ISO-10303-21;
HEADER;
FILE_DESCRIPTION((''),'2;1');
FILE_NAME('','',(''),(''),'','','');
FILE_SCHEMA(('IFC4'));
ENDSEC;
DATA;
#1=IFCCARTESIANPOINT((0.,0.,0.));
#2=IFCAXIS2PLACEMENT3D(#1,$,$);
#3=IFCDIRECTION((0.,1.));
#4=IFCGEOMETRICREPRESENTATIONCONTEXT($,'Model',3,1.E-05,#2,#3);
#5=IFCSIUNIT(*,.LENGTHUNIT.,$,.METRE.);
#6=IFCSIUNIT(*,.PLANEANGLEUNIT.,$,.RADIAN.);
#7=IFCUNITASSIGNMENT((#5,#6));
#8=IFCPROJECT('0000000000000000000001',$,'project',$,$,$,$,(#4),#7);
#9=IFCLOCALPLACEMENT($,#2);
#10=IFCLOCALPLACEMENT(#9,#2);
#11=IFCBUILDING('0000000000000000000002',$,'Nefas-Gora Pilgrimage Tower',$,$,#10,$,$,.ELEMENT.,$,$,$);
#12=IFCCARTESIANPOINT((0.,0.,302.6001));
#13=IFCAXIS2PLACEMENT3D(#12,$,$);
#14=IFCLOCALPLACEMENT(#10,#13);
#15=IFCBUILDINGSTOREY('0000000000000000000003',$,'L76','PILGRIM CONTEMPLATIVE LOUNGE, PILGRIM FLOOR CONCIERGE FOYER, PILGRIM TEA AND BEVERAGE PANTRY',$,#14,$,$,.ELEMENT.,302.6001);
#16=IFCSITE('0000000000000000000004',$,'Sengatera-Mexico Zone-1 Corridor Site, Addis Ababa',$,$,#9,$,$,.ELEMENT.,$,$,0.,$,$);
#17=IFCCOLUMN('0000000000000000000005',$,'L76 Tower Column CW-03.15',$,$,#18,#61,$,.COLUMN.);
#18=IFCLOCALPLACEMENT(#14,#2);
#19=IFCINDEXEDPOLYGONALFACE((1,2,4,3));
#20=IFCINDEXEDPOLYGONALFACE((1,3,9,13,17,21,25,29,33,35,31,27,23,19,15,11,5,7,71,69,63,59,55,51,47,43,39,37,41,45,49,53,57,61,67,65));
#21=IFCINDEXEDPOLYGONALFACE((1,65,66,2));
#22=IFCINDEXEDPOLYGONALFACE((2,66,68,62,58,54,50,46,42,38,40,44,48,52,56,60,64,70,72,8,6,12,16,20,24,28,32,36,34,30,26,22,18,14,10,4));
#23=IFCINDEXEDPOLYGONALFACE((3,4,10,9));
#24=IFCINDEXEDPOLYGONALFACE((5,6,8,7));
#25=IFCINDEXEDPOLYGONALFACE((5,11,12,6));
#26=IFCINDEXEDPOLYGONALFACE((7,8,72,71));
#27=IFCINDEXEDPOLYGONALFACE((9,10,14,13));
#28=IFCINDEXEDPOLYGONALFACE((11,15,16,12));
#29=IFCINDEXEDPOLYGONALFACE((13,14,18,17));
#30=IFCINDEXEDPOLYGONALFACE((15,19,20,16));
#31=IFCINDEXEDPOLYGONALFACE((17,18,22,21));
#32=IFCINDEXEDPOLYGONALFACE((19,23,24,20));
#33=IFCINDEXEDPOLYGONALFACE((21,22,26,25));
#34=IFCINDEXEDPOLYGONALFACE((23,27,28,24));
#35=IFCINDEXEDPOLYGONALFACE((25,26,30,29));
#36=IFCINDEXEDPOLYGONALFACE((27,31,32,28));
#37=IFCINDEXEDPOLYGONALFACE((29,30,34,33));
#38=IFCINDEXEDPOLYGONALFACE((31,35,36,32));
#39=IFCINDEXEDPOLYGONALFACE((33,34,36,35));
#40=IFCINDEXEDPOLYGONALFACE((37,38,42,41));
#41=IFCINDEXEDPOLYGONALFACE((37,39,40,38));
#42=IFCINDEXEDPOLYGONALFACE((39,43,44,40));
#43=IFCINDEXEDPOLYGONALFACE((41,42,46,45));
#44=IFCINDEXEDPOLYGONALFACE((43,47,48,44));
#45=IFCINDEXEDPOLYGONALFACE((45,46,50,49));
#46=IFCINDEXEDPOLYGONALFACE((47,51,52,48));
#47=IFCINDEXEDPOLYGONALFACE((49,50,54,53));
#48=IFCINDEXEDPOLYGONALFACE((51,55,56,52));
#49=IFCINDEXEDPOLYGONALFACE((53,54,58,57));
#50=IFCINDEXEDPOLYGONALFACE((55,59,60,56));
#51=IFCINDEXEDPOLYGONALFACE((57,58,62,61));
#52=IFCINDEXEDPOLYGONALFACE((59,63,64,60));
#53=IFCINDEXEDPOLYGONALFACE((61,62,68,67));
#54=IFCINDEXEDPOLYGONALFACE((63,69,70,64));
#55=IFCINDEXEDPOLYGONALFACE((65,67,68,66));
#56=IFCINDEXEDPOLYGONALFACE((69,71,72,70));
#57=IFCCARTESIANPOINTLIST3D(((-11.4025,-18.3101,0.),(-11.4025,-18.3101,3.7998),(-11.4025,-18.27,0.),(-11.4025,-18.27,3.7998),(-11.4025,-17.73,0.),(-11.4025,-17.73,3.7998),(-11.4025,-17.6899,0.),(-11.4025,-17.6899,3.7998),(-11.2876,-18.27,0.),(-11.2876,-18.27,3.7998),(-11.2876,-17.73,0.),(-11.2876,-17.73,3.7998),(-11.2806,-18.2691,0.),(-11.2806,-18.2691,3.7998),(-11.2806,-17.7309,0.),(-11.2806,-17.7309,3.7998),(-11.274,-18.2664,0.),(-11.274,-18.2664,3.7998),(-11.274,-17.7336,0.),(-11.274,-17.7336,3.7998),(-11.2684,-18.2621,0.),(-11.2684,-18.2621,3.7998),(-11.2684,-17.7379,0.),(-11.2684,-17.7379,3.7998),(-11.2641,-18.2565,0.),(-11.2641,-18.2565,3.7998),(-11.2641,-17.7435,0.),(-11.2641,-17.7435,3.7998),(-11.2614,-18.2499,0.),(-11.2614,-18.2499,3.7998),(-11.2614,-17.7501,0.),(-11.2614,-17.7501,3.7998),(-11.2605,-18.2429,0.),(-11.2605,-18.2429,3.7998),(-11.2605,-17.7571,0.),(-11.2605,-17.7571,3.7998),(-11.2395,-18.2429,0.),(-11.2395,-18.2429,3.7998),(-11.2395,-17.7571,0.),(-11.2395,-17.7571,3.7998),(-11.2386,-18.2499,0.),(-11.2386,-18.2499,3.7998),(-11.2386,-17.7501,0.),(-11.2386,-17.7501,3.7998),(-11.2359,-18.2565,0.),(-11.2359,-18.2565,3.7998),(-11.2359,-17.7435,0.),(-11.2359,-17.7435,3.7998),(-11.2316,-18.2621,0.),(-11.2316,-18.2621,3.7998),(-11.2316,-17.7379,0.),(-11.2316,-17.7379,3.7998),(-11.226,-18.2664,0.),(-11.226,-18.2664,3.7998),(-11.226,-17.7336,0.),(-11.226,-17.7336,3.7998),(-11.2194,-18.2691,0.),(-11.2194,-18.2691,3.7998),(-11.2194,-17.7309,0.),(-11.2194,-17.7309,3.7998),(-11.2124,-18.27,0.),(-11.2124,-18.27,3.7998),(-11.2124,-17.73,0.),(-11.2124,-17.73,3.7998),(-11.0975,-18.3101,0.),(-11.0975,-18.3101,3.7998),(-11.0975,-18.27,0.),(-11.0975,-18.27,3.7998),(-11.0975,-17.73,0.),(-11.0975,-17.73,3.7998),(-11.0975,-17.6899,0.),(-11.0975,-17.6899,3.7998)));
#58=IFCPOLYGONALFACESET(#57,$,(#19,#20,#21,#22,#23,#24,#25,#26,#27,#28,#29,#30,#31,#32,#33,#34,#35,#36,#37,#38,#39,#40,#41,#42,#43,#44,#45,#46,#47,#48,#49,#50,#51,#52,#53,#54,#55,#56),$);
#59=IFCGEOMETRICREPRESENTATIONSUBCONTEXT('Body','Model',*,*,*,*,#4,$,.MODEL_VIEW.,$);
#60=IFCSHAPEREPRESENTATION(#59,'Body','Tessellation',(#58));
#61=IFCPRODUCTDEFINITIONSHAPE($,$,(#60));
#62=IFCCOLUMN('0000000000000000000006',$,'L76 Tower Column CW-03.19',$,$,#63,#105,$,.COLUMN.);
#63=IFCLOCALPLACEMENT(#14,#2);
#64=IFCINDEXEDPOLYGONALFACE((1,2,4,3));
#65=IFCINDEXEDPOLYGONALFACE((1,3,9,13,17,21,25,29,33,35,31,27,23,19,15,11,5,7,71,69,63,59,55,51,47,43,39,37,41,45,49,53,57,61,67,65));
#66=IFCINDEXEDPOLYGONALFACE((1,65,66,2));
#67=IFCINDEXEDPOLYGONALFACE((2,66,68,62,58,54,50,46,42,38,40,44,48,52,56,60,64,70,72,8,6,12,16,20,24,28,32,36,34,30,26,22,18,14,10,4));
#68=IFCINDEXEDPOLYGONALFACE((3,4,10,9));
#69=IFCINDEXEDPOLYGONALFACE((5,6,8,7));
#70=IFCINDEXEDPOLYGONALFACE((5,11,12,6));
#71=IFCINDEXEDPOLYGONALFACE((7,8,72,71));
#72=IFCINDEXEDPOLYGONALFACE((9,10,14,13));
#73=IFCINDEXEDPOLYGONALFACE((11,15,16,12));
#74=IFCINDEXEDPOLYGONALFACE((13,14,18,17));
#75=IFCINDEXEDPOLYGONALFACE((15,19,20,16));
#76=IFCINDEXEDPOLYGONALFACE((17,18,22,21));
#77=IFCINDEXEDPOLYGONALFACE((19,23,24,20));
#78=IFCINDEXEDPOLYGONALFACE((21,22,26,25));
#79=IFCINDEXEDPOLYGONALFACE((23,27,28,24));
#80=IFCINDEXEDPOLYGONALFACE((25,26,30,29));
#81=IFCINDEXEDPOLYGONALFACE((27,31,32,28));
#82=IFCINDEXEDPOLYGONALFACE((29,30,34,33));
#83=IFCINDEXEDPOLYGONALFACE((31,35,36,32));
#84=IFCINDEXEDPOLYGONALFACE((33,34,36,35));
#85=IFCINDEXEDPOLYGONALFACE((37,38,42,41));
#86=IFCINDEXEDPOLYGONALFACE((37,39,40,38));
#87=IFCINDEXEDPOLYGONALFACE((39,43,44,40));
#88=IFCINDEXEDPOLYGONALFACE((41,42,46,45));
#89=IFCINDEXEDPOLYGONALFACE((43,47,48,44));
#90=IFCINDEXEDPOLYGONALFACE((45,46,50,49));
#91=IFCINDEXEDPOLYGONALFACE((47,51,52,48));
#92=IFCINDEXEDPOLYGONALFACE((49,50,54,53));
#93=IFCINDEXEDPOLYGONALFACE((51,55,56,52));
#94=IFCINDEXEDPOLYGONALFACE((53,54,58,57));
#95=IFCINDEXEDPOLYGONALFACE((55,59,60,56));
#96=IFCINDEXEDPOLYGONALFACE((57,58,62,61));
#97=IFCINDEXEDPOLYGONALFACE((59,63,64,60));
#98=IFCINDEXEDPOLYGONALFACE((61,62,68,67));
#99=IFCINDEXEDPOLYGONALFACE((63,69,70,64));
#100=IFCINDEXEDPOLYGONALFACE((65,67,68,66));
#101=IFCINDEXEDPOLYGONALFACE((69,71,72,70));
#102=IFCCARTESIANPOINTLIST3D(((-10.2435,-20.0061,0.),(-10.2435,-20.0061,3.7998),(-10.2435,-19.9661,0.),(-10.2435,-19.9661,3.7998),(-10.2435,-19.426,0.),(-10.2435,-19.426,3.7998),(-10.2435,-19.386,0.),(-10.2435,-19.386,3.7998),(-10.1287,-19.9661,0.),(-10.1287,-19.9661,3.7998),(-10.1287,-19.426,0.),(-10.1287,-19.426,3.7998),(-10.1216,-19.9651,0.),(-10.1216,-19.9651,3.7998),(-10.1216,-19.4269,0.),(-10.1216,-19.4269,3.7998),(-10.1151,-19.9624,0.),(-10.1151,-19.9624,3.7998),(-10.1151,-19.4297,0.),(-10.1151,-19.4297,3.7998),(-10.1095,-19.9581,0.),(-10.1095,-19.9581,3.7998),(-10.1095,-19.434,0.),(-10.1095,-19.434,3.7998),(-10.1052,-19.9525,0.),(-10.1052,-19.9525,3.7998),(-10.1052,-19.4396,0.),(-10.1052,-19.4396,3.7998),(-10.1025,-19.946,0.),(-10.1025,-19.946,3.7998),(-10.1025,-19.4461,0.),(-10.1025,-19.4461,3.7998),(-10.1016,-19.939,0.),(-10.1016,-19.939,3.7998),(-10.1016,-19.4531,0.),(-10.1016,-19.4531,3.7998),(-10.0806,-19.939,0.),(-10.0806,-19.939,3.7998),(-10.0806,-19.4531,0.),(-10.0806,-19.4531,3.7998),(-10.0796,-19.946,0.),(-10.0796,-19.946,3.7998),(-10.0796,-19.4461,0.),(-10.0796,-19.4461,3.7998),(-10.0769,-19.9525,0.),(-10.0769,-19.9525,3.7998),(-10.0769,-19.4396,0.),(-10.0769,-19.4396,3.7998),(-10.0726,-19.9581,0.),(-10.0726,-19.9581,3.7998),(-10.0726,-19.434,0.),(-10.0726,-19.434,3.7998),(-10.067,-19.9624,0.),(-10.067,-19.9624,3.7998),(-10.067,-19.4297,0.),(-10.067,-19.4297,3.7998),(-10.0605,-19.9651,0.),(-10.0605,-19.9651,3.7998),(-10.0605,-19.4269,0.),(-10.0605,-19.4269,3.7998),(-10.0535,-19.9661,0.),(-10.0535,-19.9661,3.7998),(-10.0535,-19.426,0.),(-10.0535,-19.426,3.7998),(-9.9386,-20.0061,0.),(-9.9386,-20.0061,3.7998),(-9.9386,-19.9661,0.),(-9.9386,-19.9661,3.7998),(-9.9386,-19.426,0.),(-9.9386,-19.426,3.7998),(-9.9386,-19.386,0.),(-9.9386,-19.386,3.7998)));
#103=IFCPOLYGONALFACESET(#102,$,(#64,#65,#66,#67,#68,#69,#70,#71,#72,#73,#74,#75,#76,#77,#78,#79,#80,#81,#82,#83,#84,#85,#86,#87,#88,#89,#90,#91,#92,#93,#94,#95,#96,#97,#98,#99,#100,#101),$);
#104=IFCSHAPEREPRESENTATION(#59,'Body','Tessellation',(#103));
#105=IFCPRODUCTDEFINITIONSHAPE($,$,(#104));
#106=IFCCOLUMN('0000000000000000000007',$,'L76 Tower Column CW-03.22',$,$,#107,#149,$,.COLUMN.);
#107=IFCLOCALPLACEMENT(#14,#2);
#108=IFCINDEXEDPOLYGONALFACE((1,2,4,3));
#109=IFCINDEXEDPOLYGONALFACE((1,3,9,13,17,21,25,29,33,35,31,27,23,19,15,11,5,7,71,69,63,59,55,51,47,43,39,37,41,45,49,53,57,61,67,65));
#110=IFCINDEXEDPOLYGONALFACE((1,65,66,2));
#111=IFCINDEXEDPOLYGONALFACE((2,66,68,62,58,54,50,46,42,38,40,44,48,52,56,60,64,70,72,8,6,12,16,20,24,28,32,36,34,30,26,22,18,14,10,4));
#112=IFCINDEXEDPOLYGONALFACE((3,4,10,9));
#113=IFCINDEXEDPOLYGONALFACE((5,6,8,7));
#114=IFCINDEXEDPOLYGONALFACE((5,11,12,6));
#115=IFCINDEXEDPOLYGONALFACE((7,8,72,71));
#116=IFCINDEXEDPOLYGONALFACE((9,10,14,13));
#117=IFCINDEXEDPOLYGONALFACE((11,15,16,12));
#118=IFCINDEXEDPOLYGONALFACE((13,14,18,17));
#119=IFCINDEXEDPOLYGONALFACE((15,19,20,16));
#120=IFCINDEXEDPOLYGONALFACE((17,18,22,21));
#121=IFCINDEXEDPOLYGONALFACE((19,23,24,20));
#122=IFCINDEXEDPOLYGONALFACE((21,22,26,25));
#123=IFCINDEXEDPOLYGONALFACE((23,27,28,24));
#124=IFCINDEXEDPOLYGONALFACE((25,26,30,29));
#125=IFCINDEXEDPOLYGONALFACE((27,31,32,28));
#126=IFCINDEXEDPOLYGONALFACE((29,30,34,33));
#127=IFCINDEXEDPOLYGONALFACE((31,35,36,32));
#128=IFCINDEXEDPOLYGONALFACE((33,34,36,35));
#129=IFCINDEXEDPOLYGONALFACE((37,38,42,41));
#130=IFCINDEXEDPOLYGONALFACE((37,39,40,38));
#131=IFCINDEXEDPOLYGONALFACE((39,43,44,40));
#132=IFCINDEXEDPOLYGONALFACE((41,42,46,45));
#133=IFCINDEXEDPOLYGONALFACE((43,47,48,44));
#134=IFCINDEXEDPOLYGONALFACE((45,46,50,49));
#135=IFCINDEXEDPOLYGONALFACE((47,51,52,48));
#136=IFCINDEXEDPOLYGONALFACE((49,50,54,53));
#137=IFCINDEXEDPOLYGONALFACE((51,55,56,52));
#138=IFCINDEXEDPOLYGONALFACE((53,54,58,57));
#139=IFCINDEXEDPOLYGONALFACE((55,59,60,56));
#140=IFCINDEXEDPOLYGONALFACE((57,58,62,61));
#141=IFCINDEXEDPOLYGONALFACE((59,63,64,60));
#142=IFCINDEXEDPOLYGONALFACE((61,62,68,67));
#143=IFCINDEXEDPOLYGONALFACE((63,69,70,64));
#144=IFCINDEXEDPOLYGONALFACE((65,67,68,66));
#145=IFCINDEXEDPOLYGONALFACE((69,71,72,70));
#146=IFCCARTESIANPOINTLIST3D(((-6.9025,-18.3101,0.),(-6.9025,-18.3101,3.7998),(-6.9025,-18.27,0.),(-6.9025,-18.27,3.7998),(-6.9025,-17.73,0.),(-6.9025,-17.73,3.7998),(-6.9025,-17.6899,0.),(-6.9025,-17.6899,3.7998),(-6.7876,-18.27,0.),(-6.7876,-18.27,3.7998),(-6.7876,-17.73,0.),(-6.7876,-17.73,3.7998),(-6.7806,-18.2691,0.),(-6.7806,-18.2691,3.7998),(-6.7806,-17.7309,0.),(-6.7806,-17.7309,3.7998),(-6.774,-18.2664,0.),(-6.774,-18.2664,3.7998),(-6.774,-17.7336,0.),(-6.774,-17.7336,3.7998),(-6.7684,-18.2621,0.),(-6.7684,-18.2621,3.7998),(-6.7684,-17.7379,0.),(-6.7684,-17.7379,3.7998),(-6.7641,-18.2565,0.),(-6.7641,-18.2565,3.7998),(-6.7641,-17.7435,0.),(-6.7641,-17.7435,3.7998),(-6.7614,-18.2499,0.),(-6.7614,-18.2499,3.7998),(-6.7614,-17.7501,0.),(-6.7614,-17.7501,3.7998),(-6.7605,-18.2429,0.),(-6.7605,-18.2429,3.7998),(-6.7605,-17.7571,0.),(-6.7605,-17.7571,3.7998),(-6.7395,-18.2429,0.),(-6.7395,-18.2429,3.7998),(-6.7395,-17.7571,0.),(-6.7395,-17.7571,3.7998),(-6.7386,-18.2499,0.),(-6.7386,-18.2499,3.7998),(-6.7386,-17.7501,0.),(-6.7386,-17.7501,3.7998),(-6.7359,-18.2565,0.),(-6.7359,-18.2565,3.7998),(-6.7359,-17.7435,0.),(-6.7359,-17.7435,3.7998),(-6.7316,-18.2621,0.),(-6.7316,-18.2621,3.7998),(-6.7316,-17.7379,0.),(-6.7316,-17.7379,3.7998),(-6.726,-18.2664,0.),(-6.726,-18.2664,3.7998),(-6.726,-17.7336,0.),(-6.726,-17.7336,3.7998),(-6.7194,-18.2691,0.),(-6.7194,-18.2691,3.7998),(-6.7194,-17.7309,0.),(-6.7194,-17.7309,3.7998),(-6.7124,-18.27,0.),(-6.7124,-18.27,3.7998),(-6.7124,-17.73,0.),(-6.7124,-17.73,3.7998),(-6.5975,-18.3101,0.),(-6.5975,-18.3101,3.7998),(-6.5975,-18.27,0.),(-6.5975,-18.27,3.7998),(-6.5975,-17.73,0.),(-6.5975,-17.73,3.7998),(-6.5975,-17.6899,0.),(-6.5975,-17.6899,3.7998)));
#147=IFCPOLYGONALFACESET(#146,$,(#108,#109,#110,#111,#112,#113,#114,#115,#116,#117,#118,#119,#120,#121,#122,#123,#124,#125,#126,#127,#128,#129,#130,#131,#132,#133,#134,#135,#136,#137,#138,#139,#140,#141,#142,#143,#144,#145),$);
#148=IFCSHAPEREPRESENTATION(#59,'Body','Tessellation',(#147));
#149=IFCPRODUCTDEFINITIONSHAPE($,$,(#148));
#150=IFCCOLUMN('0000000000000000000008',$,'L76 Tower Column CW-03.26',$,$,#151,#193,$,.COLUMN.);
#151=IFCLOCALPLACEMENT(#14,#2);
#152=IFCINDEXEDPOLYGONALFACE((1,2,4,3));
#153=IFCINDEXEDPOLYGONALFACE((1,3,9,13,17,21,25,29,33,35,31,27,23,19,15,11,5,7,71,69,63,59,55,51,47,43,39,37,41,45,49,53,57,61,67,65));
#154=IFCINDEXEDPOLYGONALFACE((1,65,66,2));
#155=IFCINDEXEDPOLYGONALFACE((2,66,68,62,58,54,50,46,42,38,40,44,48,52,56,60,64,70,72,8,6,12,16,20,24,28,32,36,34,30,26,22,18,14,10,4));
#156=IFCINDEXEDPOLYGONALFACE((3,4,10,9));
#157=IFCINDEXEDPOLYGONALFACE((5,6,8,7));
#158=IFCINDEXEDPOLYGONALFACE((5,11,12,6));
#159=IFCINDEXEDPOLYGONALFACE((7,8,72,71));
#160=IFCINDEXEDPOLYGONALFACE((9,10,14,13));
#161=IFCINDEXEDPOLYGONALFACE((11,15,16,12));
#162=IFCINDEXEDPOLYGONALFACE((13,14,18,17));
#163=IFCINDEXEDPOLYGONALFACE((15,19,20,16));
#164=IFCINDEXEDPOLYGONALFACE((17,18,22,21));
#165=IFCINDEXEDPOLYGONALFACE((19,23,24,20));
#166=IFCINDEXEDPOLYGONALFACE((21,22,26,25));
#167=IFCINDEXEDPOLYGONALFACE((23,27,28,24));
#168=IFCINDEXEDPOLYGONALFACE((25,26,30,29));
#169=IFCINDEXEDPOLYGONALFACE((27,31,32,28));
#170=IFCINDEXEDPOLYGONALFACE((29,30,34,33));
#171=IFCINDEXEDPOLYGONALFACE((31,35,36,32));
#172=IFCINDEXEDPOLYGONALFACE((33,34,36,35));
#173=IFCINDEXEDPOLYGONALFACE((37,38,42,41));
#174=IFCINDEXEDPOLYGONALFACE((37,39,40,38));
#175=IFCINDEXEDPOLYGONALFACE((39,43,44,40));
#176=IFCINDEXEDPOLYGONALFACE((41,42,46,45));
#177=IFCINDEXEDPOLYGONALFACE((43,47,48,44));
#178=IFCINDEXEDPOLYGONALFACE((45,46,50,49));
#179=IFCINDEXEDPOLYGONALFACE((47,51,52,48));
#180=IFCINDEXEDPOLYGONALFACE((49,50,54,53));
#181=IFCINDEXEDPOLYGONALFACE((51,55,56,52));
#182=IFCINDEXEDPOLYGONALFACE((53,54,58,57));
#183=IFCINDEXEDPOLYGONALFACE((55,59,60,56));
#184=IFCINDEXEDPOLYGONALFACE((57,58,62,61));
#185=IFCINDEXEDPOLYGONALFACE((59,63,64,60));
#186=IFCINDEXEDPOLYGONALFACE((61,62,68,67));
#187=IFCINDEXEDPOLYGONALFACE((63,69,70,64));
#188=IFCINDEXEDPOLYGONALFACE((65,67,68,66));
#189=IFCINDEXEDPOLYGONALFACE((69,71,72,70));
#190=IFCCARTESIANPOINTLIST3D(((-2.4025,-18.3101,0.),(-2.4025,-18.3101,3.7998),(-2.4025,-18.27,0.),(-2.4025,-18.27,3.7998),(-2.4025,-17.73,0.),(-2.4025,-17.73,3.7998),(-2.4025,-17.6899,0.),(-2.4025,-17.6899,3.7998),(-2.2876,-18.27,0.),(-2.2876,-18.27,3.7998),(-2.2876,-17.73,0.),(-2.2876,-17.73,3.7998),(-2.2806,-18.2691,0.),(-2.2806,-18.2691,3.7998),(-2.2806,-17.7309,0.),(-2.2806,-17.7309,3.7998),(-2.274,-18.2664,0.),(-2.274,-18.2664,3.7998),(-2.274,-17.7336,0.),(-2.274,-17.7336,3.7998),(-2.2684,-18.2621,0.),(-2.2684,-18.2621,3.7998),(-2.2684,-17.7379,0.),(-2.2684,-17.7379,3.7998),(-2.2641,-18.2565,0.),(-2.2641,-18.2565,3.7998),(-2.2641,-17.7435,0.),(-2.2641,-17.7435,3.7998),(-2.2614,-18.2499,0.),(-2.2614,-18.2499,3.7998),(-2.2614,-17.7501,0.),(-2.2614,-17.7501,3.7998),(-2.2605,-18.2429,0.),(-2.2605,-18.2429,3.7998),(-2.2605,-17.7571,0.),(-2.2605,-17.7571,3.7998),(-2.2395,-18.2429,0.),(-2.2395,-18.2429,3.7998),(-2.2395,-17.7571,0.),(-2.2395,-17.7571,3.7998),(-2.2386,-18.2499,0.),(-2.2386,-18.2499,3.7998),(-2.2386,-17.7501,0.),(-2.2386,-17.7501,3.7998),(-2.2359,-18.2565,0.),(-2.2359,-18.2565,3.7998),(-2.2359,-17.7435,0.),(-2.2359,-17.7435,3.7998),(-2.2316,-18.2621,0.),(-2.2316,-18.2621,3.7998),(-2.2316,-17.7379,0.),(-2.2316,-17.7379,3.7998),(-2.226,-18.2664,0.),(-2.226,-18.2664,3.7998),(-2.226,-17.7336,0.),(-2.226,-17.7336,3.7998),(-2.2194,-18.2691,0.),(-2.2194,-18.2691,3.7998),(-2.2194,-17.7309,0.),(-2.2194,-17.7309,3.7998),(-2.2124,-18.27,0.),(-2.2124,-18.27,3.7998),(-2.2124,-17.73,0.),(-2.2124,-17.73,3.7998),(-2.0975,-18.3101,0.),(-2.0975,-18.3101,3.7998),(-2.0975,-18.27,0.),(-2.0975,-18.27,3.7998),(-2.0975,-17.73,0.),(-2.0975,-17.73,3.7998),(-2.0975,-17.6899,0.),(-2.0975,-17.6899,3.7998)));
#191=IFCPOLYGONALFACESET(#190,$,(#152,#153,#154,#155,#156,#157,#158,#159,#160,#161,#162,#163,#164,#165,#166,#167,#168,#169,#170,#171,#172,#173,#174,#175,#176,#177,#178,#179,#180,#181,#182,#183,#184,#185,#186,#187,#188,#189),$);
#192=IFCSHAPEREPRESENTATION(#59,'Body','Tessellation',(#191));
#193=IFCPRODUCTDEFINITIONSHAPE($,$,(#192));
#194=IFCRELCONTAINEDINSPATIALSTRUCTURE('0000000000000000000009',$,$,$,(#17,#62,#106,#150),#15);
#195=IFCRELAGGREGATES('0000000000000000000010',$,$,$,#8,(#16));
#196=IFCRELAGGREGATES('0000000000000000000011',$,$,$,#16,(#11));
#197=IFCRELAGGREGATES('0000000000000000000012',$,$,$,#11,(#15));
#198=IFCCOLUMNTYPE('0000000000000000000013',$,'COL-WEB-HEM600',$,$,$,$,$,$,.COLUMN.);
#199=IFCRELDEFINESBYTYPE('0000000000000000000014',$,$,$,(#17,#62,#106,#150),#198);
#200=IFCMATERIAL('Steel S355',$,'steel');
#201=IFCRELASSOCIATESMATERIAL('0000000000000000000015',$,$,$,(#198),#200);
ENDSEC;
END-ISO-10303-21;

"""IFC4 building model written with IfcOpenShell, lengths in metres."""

from ifc_helpers import new_model, si_unit, direction, frame, origin, origin_2d, place, context, subcontext, project, spatial, i_section, extrude, source, transform, mapped, material, material_profile, profile_set, type_object, element, save


model = new_model("IFC4")

# Units and contexts
model_context = context("Model", 3, precision=1e-05, world=origin(), true_north=direction((0.0, 1.0)))
body_context = subcontext(model_context, "Body", "Model", "MODEL_VIEW")
ifc_project = project(units=[si_unit("LENGTHUNIT", "METRE"), si_unit("PLANEANGLEUNIT", "RADIAN")], contexts=[model_context])

# Site, building, storey
site_placement = place(None, origin())
site = spatial("IfcSite", under=ifc_project, at=site_placement, Name="Sengatera-Mexico Zone-1 Corridor Site, Addis Ababa", CompositionType="ELEMENT", RefElevation=0.0)
building_placement = place(site_placement, origin())
building = spatial("IfcBuilding", under=site, at=building_placement, Name="Nefas-Gora Pilgrimage Tower", CompositionType="ELEMENT")
storey_placement = place(building_placement, frame((0.0, 0.0, 302.6001)))
storey = spatial("IfcBuildingStorey", under=building, at=storey_placement, Name="L76", Description="PILGRIM CONTEMPLATIVE LOUNGE, PILGRIM FLOOR CONCIERGE FOYER, PILGRIM TEA AND BEVERAGE PANTRY", CompositionType="ELEMENT", Elevation=302.6001)

# Columns
ifc_material_1 = material(Name="Steel S355", Category="steel")
ifc_material_profile_1 = material_profile(ifc_material_1, i_section(OverallWidth=0.3049, OverallDepth=0.6201, WebThickness=0.021, FlangeThickness=0.04, FilletRadius=0.0271, at=origin_2d()), Name="HEM 600")
ifc_profile_set_1 = profile_set([ifc_material_profile_1], Name="Steel S355")
column_type_1 = type_object("IfcColumnType", Name="COL-WEB-HEM600", PredefinedType="COLUMN", material=ifc_profile_set_1)
shared_shape_1 = source(origin(), body_context, "Body", "SweptSolid", [
    extrude(i_section(OverallWidth=0.3049, OverallDepth=0.6201, WebThickness=0.021, FlangeThickness=0.04, FilletRadius=0.0271, at=origin_2d()), origin(), (0.0, 0.0, 1.0), 3.7998),
])
for number, where, z_axis, x_axis, name in (
    (1, (-11.25, -18.0, 0.0), (0.0, 0.0, 1.0), (1.0, 0.0, 0.0), "L76 Tower Column CW-03.15"),
    (2, (-10.0911, -19.696, 0.0), (0.0, 0.0, 1.0), (1.0, 0.0, 0.0), "L76 Tower Column CW-03.19"),
    (3, (-6.75, -18.0, 0.0), (0.0, 0.0, 1.0), (1.0, 0.0, 0.0), "L76 Tower Column CW-03.22"),
    (4, (-2.25, -18.0, 0.0), (0.0, 0.0, 1.0), (1.0, 0.0, 0.0), "L76 Tower Column CW-03.26"),
):
    element("IfcColumn", number, at=place(storey_placement, frame(where, z_axis=z_axis, x_axis=x_axis)), inside=storey, type_object=column_type_1, Name=name, PredefinedType="COLUMN", context=body_context, shape_type="MappedRepresentation", body=[
        mapped(shared_shape_1, transform((0.0, 0.0, 0.0), x_axis=(1.0, 0.0, 0.0), y_axis=(0.0, 1.0, 0.0), z_axis=(0.0, 0.0, 1.0), scale=1.0)),
    ])

save(model, "model.ifc")
